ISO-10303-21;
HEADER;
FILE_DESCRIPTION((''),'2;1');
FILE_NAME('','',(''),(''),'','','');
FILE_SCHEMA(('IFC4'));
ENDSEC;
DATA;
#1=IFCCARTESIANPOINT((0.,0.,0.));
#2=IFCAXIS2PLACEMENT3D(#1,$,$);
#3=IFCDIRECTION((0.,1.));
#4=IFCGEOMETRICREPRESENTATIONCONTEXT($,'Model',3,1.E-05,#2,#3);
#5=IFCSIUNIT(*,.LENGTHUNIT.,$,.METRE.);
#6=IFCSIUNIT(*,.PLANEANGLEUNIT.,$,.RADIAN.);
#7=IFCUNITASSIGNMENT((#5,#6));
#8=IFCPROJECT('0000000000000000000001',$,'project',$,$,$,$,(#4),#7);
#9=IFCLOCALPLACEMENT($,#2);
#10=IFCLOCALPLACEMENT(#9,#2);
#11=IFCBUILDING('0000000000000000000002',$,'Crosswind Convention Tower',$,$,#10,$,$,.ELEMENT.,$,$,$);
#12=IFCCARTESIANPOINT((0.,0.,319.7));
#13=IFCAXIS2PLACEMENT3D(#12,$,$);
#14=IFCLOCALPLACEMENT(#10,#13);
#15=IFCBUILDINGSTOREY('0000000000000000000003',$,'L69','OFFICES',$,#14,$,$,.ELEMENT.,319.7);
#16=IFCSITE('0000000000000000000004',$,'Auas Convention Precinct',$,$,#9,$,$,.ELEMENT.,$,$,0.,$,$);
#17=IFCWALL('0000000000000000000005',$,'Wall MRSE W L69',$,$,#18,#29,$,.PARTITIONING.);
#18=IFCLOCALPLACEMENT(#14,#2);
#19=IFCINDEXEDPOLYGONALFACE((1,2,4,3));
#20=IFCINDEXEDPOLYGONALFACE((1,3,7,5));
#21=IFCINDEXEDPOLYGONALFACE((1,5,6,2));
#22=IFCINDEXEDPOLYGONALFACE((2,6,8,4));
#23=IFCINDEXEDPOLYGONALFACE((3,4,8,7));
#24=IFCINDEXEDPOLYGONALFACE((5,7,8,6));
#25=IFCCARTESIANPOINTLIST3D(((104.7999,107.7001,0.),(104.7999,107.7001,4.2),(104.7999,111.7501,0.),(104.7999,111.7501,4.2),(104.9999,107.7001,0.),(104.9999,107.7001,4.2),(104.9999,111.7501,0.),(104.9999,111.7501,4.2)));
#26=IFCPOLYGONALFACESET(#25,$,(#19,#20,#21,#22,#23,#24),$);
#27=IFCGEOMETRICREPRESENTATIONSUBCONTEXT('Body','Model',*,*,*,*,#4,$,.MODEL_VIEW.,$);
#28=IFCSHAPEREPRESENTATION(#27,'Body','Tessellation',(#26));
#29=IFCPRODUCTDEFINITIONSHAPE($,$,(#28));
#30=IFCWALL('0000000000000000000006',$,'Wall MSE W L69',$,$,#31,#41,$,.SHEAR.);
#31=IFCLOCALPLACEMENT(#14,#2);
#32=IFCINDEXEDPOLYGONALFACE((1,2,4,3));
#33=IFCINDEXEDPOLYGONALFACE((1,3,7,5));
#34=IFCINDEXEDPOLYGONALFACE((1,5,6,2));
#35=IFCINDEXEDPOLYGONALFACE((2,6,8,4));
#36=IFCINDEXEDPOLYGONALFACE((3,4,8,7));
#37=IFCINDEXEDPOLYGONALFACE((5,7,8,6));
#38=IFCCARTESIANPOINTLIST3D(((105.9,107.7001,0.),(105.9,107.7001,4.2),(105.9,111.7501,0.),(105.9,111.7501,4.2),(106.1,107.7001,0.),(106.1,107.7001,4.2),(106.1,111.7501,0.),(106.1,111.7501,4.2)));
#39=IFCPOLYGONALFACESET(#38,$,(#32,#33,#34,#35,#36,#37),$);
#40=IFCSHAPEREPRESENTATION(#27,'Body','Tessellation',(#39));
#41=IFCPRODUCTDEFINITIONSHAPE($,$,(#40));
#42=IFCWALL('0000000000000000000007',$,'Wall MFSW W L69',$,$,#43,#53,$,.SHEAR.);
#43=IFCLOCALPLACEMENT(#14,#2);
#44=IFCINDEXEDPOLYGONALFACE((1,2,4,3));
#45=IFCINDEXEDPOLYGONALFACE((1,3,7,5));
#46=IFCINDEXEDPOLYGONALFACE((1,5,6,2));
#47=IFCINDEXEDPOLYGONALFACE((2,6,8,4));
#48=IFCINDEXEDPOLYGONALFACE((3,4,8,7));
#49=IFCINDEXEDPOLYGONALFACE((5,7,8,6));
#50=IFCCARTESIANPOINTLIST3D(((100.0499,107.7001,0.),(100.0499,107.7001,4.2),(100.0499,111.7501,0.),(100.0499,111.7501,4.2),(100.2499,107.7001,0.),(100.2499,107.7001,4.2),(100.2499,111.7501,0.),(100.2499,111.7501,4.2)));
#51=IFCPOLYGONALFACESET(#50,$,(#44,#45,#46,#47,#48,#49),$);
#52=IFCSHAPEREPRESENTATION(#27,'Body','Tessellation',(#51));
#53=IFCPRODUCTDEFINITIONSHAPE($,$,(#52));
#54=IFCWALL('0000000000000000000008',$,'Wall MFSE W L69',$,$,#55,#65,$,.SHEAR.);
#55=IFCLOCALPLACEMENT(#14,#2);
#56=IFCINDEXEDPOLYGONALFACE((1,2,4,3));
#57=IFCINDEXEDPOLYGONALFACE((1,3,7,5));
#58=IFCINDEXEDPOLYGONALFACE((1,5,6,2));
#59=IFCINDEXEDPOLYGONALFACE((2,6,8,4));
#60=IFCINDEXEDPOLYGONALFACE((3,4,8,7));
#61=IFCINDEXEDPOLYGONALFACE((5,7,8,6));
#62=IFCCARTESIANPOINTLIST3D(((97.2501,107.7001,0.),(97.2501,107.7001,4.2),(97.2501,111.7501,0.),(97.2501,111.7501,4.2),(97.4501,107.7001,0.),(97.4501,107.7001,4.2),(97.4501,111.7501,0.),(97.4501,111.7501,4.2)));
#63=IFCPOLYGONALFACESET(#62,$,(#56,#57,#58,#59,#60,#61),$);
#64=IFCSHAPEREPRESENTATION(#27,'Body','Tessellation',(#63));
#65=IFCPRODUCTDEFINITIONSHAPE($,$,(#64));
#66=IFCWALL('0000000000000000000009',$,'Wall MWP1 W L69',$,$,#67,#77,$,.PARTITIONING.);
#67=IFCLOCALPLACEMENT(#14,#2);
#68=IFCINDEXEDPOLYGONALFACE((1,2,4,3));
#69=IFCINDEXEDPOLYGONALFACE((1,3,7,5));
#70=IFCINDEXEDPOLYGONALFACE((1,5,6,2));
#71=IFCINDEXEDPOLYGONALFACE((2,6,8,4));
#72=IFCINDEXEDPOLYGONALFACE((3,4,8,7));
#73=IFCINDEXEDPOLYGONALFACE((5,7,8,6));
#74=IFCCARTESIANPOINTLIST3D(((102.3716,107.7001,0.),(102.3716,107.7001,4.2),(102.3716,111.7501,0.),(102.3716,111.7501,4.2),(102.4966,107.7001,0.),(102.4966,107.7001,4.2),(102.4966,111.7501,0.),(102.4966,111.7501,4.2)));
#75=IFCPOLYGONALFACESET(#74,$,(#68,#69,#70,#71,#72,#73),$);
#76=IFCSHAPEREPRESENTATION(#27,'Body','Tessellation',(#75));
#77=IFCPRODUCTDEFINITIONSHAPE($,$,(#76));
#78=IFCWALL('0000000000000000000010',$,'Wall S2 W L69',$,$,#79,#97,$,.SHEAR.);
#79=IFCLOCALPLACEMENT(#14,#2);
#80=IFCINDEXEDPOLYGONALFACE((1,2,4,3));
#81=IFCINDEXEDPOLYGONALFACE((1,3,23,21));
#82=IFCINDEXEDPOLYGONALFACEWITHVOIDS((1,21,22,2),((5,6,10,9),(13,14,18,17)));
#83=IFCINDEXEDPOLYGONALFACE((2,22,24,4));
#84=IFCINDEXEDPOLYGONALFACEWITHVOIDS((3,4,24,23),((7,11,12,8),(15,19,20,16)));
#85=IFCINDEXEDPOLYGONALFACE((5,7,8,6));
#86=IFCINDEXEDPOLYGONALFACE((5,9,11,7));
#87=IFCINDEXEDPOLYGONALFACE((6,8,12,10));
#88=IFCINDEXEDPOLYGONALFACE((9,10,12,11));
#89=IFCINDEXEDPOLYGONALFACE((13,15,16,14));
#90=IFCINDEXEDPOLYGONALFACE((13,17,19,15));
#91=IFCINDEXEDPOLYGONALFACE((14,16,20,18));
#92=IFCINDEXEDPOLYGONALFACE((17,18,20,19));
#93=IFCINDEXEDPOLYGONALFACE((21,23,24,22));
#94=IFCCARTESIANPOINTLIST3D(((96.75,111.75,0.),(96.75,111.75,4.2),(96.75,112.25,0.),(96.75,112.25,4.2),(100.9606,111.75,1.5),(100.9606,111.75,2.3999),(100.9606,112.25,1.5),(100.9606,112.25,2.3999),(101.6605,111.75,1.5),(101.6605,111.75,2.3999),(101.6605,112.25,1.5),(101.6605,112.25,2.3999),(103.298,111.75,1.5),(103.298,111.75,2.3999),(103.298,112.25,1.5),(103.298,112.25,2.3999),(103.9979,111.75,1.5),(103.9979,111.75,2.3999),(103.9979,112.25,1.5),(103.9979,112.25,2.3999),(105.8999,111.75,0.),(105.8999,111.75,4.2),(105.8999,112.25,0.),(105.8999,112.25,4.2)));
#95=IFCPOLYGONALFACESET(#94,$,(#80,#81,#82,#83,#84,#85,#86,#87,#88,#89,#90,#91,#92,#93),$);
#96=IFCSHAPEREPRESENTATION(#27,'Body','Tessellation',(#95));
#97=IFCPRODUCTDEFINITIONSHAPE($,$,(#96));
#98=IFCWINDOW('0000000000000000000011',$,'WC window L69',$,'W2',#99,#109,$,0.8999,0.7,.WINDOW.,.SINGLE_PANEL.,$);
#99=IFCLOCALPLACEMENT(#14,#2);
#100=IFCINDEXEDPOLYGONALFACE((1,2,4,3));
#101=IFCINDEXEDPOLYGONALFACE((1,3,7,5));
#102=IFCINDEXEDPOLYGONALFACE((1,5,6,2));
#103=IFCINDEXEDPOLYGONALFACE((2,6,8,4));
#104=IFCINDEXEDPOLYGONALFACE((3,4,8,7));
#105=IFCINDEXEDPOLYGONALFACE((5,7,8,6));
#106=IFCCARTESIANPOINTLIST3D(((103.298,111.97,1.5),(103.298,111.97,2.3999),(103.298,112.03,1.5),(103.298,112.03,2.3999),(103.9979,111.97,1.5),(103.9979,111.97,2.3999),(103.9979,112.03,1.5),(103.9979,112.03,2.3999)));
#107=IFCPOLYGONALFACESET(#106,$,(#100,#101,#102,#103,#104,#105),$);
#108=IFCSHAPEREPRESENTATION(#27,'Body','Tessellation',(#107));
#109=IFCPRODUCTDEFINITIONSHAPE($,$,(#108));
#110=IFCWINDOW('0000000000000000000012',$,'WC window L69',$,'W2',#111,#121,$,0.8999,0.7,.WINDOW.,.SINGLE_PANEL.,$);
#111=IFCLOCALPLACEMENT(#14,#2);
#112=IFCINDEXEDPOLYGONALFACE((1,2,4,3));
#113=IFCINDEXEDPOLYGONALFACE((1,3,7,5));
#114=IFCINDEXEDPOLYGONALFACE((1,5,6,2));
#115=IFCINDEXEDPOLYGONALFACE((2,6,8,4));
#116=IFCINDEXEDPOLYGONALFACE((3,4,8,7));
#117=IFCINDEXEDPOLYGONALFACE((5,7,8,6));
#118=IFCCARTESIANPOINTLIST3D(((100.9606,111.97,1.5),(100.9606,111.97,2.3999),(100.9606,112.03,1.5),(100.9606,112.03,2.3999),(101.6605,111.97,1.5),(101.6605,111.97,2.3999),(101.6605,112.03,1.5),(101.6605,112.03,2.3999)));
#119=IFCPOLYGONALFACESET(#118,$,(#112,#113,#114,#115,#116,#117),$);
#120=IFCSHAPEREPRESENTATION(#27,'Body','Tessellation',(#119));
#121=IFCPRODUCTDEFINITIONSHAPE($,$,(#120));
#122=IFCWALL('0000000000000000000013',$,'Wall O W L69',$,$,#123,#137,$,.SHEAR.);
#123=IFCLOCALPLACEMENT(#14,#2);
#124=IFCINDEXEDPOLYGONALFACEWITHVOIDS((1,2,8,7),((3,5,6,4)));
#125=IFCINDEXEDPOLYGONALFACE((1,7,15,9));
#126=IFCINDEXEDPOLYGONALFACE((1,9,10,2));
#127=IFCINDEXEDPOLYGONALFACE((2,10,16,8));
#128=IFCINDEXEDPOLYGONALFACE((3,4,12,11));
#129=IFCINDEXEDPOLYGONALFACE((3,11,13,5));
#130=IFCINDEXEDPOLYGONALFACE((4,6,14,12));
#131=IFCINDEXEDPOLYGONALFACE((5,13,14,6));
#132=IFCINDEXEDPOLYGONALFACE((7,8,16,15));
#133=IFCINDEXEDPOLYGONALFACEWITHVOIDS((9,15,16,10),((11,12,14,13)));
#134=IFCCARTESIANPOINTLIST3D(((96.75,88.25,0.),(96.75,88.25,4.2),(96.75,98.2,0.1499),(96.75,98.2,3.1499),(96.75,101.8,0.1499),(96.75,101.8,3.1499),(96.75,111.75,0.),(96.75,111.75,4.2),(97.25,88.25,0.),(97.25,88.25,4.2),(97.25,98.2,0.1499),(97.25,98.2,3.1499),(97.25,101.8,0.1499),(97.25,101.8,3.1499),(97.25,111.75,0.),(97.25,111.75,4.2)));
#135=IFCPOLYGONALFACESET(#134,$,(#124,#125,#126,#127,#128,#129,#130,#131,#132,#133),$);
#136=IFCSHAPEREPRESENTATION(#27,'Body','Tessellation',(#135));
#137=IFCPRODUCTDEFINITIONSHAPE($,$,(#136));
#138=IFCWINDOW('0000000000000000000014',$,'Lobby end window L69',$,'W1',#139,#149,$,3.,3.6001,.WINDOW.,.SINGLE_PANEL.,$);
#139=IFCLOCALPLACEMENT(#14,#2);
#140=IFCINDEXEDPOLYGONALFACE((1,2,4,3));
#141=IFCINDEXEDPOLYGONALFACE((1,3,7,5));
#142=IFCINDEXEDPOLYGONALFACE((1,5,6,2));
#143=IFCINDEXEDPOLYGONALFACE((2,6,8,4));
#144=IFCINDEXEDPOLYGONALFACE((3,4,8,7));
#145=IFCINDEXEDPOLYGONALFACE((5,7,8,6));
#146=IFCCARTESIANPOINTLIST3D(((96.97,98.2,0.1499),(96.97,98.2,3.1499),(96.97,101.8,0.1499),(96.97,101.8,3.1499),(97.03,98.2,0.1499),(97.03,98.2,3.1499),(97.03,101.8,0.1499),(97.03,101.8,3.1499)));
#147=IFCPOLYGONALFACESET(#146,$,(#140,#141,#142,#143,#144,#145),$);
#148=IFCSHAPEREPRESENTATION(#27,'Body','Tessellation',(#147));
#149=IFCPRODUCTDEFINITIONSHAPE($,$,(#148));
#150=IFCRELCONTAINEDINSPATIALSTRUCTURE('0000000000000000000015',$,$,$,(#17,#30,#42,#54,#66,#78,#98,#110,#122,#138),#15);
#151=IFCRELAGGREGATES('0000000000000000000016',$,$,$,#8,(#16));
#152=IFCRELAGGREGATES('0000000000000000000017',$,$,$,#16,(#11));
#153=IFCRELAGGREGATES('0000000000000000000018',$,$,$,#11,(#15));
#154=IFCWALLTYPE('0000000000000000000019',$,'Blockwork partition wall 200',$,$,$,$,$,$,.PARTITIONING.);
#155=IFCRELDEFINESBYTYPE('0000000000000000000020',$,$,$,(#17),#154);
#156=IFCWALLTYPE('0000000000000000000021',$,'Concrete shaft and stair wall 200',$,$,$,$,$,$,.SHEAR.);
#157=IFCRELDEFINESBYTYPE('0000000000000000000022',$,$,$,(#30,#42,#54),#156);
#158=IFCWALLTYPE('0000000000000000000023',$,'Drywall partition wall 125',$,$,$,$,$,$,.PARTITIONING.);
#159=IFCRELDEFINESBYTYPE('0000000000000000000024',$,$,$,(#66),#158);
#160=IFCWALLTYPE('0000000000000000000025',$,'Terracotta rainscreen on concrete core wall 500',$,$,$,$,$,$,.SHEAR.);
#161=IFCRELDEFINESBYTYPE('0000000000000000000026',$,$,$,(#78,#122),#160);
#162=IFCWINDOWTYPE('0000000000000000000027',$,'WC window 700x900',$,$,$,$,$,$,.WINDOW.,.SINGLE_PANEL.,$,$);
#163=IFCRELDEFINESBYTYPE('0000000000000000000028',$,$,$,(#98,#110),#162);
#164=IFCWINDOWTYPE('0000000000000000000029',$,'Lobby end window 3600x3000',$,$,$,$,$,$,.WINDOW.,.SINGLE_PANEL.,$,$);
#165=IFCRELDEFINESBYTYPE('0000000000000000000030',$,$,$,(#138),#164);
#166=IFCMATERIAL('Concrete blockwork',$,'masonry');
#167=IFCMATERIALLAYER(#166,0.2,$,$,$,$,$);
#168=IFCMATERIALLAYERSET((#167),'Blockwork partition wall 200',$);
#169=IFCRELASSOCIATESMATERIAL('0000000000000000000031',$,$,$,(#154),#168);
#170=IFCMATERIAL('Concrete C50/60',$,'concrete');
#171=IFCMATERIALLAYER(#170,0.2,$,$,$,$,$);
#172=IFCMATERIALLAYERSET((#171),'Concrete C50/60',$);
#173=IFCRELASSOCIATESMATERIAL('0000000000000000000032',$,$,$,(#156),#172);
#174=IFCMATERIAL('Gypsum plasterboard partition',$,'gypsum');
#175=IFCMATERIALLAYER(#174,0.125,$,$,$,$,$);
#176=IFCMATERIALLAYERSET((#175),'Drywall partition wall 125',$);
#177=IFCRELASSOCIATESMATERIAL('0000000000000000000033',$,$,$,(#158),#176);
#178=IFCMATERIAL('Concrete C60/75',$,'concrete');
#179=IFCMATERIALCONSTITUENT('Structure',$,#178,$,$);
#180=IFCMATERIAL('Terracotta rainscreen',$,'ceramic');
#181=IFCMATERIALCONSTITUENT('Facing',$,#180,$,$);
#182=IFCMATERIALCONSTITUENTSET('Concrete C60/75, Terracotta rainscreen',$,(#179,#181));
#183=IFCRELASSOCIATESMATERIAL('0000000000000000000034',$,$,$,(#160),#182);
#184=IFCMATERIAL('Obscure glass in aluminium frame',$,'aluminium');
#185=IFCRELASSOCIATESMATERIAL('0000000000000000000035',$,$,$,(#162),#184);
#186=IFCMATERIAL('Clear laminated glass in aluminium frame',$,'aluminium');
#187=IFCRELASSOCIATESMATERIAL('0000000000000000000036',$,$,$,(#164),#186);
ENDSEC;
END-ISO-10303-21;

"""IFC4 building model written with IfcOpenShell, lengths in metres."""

from ifc_helpers import new_model, si_unit, direction, frame, frame_2d, origin, place, context, subcontext, project, spatial, rectangle, extrude, material, layer, layer_set, constituent, constituent_set, type_object, element, fill, save


model = new_model("IFC4")

# Units and contexts
model_context = context("Model", 3, precision=1e-05, world=origin(), true_north=direction((0.0, 1.0)))
body_context = subcontext(model_context, "Body", "Model", "MODEL_VIEW")
ifc_project = project(units=[si_unit("LENGTHUNIT", "METRE"), si_unit("PLANEANGLEUNIT", "RADIAN")], contexts=[model_context])

# Site, building, storey
site_placement = place(None, origin())
site = spatial("IfcSite", under=ifc_project, at=site_placement, Name="Auas Convention Precinct", CompositionType="ELEMENT", RefElevation=0.0)
building_placement = place(site_placement, origin())
building = spatial("IfcBuilding", under=site, at=building_placement, Name="Crosswind Convention Tower", CompositionType="ELEMENT")
storey_placement = place(building_placement, frame((0.0, 0.0, 319.7)))
storey = spatial("IfcBuildingStorey", under=building, at=storey_placement, Name="L69", Description="OFFICES", CompositionType="ELEMENT", Elevation=319.7)

# Walls
ifc_material_1 = material(Name="Concrete blockwork", Category="masonry")
ifc_layer_1 = layer(ifc_material_1, 0.2)
ifc_layer_set_1 = layer_set([ifc_layer_1], Name="Blockwork partition wall 200")
wall_type_1 = type_object("IfcWallType", Name="Blockwork partition wall 200", PredefinedType="PARTITIONING", material=ifc_layer_set_1)
wall_1_placement = place(storey_placement, frame((104.8999, 111.75, 0.0), z_axis=(0.0, 0.0, 1.0), x_axis=(0.0, -1.0, 0.0)))
element("IfcWall", 1, at=wall_1_placement, inside=storey, type_object=wall_type_1, Name="Wall MRSE W L69", PredefinedType="PARTITIONING", context=body_context, shape_type="SweptSolid", body=[
    extrude(rectangle(XDim=4.05, YDim=0.2, at=frame_2d((2.0249, 0.0))), origin(), (0.0, 0.0, 1.0), 4.2),
])
ifc_material_2 = material(Name="Concrete C50/60", Category="concrete")
ifc_layer_2 = layer(ifc_material_2, 0.2)
ifc_layer_set_2 = layer_set([ifc_layer_2], Name="Concrete C50/60")
wall_type_2 = type_object("IfcWallType", Name="Concrete shaft and stair wall 200", PredefinedType="SHEAR", material=ifc_layer_set_2)
for number, where, z_axis, x_axis, name in (
    (2, (106.0, 111.75, 0.0), (0.0, 0.0, 1.0), (0.0, -1.0, 0.0), "Wall MSE W L69"),
    (3, (100.1499, 111.75, 0.0), (0.0, 0.0, 1.0), (0.0, -1.0, 0.0), "Wall MFSW W L69"),
    (4, (97.3501, 111.75, 0.0), (0.0, 0.0, 1.0), (0.0, -1.0, 0.0), "Wall MFSE W L69"),
):
    element("IfcWall", number, at=place(storey_placement, frame(where, z_axis=z_axis, x_axis=x_axis)), inside=storey, type_object=wall_type_2, Name=name, PredefinedType="SHEAR", context=body_context, shape_type="SweptSolid", body=[
        extrude(rectangle(XDim=4.05, YDim=0.2, at=frame_2d((2.0249, 0.0))), origin(), (0.0, 0.0, 1.0), 4.2),
    ])
ifc_material_3 = material(Name="Gypsum plasterboard partition", Category="gypsum")
ifc_layer_3 = layer(ifc_material_3, 0.125)
ifc_layer_set_3 = layer_set([ifc_layer_3], Name="Drywall partition wall 125")
wall_type_3 = type_object("IfcWallType", Name="Drywall partition wall 125", PredefinedType="PARTITIONING", material=ifc_layer_set_3)
wall_2_placement = place(storey_placement, frame((102.4341, 111.75, 0.0), z_axis=(0.0, 0.0, 1.0), x_axis=(0.0, -1.0, 0.0)))
element("IfcWall", 5, at=wall_2_placement, inside=storey, type_object=wall_type_3, Name="Wall MWP1 W L69", PredefinedType="PARTITIONING", context=body_context, shape_type="SweptSolid", body=[
    extrude(rectangle(XDim=4.05, YDim=0.125, at=frame_2d((2.0249, 0.0))), origin(), (0.0, 0.0, 1.0), 4.2),
])

# Wall, openings, windows
ifc_material_4 = material(Name="Concrete C60/75", Category="concrete")
ifc_constituent_1 = constituent(ifc_material_4, Name="Structure")
ifc_material_5 = material(Name="Terracotta rainscreen", Category="ceramic")
ifc_constituent_2 = constituent(ifc_material_5, Name="Facing")
ifc_constituent_set = constituent_set(constituents=[ifc_constituent_1, ifc_constituent_2], Name="Concrete C60/75, Terracotta rainscreen")
wall_type_4 = type_object("IfcWallType", Name="Terracotta rainscreen on concrete core wall 500", PredefinedType="SHEAR", material=ifc_constituent_set)
wall_3_placement = place(storey_placement, frame((105.8999, 112.0, 0.0), z_axis=(0.0, 0.0, 1.0), x_axis=(-1.0, 0.0, 0.0)))
wall_3 = element("IfcWall", 6, at=wall_3_placement, inside=storey, type_object=wall_type_4, Name="Wall S2 W L69", PredefinedType="SHEAR", context=body_context, shape_type="SweptSolid", body=[
    extrude(rectangle(XDim=9.1499, YDim=0.5, at=frame_2d((4.575, 0.0))), origin(), (0.0, 0.0, 1.0), 4.2),
])
opening_1_placement = place(wall_3_placement, frame((1.9019, 0.0, 1.5)))
opening_1 = element("IfcOpeningElement", 7, at=opening_1_placement, cuts=wall_3, PredefinedType="OPENING", context=body_context, shape_type="SweptSolid", body=[
    extrude(rectangle(XDim=0.7, YDim=0.8999, at=frame_2d((0.3501, 0.45))), frame((0.0, 0.26, 0.0), z_axis=(0.0, -1.0, 0.0), x_axis=(1.0, 0.0, 0.0)), (0.0, 0.0, 1.0), 0.52),
])
opening_2_placement = place(wall_3_placement, frame((4.2393, 0.0, 1.5)))
opening_2 = element("IfcOpeningElement", 8, at=opening_2_placement, cuts=wall_3, PredefinedType="OPENING", context=body_context, shape_type="SweptSolid", body=[
    extrude(rectangle(XDim=0.7, YDim=0.8999, at=frame_2d((0.3501, 0.45))), frame((0.0, 0.26, 0.0), z_axis=(0.0, -1.0, 0.0), x_axis=(1.0, 0.0, 0.0)), (0.0, 0.0, 1.0), 0.52),
])
ifc_material_6 = material(Name="Obscure glass in aluminium frame", Category="aluminium")
window_type_1 = type_object("IfcWindowType", Name="WC window 700x900", PartitioningType="SINGLE_PANEL", PredefinedType="WINDOW", material=ifc_material_6)
window_1_placement = place(opening_1_placement, origin())
window_1 = element("IfcWindow", 9, at=window_1_placement, inside=storey, type_object=window_type_1, Name="WC window L69", ObjectType="W2", OverallHeight=0.8999, OverallWidth=0.7, PartitioningType="SINGLE_PANEL", PredefinedType="WINDOW", context=body_context, shape_type="SweptSolid", body=[
    extrude(rectangle(XDim=0.7, YDim=0.8999, at=frame_2d((0.3501, 0.45))), frame((0.0, 0.03, 0.0), z_axis=(0.0, -1.0, 0.0), x_axis=(1.0, 0.0, 0.0)), (0.0, 0.0, 1.0), 0.0601),
])
fill(opening_1, window_1)
window_2_placement = place(opening_2_placement, origin())
window_2 = element("IfcWindow", 10, at=window_2_placement, inside=storey, type_object=window_type_1, Name="WC window L69", ObjectType="W2", OverallHeight=0.8999, OverallWidth=0.7, PartitioningType="SINGLE_PANEL", PredefinedType="WINDOW", context=body_context, shape_type="SweptSolid", body=[
    extrude(rectangle(XDim=0.7, YDim=0.8999, at=frame_2d((0.3501, 0.45))), frame((0.0, 0.03, 0.0), z_axis=(0.0, -1.0, 0.0), x_axis=(1.0, 0.0, 0.0)), (0.0, 0.0, 1.0), 0.0601),
])
fill(opening_2, window_2)

# Wall, opening, window
wall_4_placement = place(storey_placement, frame((97.0, 111.75, 0.0), z_axis=(0.0, 0.0, 1.0), x_axis=(0.0, -1.0, 0.0)))
wall_4 = element("IfcWall", 11, at=wall_4_placement, inside=storey, type_object=wall_type_4, Name="Wall O W L69", PredefinedType="SHEAR", context=body_context, shape_type="SweptSolid", body=[
    extrude(rectangle(XDim=23.5, YDim=0.5, at=frame_2d((11.75, 0.0))), origin(), (0.0, 0.0, 1.0), 4.2),
])
opening_3_placement = place(wall_4_placement, frame((9.95, 0.0, 0.1499)))
opening_3 = element("IfcOpeningElement", 12, at=opening_3_placement, cuts=wall_4, PredefinedType="OPENING", context=body_context, shape_type="SweptSolid", body=[
    extrude(rectangle(XDim=3.6001, YDim=3.0, at=frame_2d((1.8, 1.5))), frame((0.0, 0.26, 0.0), z_axis=(0.0, -1.0, 0.0), x_axis=(1.0, 0.0, 0.0)), (0.0, 0.0, 1.0), 0.52),
])
ifc_material_7 = material(Name="Clear laminated glass in aluminium frame", Category="aluminium")
window_type_2 = type_object("IfcWindowType", Name="Lobby end window 3600x3000", PartitioningType="SINGLE_PANEL", PredefinedType="WINDOW", material=ifc_material_7)
window_3_placement = place(opening_3_placement, origin())
window_3 = element("IfcWindow", 13, at=window_3_placement, inside=storey, type_object=window_type_2, Name="Lobby end window L69", ObjectType="W1", OverallHeight=3.0, OverallWidth=3.6001, PartitioningType="SINGLE_PANEL", PredefinedType="WINDOW", context=body_context, shape_type="SweptSolid", body=[
    extrude(rectangle(XDim=3.6001, YDim=3.0, at=frame_2d((1.8, 1.5))), frame((0.0, 0.03, 0.0), z_axis=(0.0, -1.0, 0.0), x_axis=(1.0, 0.0, 0.0)), (0.0, 0.0, 1.0), 0.0601),
])
fill(opening_3, window_3)

save(model, "model.ifc")
